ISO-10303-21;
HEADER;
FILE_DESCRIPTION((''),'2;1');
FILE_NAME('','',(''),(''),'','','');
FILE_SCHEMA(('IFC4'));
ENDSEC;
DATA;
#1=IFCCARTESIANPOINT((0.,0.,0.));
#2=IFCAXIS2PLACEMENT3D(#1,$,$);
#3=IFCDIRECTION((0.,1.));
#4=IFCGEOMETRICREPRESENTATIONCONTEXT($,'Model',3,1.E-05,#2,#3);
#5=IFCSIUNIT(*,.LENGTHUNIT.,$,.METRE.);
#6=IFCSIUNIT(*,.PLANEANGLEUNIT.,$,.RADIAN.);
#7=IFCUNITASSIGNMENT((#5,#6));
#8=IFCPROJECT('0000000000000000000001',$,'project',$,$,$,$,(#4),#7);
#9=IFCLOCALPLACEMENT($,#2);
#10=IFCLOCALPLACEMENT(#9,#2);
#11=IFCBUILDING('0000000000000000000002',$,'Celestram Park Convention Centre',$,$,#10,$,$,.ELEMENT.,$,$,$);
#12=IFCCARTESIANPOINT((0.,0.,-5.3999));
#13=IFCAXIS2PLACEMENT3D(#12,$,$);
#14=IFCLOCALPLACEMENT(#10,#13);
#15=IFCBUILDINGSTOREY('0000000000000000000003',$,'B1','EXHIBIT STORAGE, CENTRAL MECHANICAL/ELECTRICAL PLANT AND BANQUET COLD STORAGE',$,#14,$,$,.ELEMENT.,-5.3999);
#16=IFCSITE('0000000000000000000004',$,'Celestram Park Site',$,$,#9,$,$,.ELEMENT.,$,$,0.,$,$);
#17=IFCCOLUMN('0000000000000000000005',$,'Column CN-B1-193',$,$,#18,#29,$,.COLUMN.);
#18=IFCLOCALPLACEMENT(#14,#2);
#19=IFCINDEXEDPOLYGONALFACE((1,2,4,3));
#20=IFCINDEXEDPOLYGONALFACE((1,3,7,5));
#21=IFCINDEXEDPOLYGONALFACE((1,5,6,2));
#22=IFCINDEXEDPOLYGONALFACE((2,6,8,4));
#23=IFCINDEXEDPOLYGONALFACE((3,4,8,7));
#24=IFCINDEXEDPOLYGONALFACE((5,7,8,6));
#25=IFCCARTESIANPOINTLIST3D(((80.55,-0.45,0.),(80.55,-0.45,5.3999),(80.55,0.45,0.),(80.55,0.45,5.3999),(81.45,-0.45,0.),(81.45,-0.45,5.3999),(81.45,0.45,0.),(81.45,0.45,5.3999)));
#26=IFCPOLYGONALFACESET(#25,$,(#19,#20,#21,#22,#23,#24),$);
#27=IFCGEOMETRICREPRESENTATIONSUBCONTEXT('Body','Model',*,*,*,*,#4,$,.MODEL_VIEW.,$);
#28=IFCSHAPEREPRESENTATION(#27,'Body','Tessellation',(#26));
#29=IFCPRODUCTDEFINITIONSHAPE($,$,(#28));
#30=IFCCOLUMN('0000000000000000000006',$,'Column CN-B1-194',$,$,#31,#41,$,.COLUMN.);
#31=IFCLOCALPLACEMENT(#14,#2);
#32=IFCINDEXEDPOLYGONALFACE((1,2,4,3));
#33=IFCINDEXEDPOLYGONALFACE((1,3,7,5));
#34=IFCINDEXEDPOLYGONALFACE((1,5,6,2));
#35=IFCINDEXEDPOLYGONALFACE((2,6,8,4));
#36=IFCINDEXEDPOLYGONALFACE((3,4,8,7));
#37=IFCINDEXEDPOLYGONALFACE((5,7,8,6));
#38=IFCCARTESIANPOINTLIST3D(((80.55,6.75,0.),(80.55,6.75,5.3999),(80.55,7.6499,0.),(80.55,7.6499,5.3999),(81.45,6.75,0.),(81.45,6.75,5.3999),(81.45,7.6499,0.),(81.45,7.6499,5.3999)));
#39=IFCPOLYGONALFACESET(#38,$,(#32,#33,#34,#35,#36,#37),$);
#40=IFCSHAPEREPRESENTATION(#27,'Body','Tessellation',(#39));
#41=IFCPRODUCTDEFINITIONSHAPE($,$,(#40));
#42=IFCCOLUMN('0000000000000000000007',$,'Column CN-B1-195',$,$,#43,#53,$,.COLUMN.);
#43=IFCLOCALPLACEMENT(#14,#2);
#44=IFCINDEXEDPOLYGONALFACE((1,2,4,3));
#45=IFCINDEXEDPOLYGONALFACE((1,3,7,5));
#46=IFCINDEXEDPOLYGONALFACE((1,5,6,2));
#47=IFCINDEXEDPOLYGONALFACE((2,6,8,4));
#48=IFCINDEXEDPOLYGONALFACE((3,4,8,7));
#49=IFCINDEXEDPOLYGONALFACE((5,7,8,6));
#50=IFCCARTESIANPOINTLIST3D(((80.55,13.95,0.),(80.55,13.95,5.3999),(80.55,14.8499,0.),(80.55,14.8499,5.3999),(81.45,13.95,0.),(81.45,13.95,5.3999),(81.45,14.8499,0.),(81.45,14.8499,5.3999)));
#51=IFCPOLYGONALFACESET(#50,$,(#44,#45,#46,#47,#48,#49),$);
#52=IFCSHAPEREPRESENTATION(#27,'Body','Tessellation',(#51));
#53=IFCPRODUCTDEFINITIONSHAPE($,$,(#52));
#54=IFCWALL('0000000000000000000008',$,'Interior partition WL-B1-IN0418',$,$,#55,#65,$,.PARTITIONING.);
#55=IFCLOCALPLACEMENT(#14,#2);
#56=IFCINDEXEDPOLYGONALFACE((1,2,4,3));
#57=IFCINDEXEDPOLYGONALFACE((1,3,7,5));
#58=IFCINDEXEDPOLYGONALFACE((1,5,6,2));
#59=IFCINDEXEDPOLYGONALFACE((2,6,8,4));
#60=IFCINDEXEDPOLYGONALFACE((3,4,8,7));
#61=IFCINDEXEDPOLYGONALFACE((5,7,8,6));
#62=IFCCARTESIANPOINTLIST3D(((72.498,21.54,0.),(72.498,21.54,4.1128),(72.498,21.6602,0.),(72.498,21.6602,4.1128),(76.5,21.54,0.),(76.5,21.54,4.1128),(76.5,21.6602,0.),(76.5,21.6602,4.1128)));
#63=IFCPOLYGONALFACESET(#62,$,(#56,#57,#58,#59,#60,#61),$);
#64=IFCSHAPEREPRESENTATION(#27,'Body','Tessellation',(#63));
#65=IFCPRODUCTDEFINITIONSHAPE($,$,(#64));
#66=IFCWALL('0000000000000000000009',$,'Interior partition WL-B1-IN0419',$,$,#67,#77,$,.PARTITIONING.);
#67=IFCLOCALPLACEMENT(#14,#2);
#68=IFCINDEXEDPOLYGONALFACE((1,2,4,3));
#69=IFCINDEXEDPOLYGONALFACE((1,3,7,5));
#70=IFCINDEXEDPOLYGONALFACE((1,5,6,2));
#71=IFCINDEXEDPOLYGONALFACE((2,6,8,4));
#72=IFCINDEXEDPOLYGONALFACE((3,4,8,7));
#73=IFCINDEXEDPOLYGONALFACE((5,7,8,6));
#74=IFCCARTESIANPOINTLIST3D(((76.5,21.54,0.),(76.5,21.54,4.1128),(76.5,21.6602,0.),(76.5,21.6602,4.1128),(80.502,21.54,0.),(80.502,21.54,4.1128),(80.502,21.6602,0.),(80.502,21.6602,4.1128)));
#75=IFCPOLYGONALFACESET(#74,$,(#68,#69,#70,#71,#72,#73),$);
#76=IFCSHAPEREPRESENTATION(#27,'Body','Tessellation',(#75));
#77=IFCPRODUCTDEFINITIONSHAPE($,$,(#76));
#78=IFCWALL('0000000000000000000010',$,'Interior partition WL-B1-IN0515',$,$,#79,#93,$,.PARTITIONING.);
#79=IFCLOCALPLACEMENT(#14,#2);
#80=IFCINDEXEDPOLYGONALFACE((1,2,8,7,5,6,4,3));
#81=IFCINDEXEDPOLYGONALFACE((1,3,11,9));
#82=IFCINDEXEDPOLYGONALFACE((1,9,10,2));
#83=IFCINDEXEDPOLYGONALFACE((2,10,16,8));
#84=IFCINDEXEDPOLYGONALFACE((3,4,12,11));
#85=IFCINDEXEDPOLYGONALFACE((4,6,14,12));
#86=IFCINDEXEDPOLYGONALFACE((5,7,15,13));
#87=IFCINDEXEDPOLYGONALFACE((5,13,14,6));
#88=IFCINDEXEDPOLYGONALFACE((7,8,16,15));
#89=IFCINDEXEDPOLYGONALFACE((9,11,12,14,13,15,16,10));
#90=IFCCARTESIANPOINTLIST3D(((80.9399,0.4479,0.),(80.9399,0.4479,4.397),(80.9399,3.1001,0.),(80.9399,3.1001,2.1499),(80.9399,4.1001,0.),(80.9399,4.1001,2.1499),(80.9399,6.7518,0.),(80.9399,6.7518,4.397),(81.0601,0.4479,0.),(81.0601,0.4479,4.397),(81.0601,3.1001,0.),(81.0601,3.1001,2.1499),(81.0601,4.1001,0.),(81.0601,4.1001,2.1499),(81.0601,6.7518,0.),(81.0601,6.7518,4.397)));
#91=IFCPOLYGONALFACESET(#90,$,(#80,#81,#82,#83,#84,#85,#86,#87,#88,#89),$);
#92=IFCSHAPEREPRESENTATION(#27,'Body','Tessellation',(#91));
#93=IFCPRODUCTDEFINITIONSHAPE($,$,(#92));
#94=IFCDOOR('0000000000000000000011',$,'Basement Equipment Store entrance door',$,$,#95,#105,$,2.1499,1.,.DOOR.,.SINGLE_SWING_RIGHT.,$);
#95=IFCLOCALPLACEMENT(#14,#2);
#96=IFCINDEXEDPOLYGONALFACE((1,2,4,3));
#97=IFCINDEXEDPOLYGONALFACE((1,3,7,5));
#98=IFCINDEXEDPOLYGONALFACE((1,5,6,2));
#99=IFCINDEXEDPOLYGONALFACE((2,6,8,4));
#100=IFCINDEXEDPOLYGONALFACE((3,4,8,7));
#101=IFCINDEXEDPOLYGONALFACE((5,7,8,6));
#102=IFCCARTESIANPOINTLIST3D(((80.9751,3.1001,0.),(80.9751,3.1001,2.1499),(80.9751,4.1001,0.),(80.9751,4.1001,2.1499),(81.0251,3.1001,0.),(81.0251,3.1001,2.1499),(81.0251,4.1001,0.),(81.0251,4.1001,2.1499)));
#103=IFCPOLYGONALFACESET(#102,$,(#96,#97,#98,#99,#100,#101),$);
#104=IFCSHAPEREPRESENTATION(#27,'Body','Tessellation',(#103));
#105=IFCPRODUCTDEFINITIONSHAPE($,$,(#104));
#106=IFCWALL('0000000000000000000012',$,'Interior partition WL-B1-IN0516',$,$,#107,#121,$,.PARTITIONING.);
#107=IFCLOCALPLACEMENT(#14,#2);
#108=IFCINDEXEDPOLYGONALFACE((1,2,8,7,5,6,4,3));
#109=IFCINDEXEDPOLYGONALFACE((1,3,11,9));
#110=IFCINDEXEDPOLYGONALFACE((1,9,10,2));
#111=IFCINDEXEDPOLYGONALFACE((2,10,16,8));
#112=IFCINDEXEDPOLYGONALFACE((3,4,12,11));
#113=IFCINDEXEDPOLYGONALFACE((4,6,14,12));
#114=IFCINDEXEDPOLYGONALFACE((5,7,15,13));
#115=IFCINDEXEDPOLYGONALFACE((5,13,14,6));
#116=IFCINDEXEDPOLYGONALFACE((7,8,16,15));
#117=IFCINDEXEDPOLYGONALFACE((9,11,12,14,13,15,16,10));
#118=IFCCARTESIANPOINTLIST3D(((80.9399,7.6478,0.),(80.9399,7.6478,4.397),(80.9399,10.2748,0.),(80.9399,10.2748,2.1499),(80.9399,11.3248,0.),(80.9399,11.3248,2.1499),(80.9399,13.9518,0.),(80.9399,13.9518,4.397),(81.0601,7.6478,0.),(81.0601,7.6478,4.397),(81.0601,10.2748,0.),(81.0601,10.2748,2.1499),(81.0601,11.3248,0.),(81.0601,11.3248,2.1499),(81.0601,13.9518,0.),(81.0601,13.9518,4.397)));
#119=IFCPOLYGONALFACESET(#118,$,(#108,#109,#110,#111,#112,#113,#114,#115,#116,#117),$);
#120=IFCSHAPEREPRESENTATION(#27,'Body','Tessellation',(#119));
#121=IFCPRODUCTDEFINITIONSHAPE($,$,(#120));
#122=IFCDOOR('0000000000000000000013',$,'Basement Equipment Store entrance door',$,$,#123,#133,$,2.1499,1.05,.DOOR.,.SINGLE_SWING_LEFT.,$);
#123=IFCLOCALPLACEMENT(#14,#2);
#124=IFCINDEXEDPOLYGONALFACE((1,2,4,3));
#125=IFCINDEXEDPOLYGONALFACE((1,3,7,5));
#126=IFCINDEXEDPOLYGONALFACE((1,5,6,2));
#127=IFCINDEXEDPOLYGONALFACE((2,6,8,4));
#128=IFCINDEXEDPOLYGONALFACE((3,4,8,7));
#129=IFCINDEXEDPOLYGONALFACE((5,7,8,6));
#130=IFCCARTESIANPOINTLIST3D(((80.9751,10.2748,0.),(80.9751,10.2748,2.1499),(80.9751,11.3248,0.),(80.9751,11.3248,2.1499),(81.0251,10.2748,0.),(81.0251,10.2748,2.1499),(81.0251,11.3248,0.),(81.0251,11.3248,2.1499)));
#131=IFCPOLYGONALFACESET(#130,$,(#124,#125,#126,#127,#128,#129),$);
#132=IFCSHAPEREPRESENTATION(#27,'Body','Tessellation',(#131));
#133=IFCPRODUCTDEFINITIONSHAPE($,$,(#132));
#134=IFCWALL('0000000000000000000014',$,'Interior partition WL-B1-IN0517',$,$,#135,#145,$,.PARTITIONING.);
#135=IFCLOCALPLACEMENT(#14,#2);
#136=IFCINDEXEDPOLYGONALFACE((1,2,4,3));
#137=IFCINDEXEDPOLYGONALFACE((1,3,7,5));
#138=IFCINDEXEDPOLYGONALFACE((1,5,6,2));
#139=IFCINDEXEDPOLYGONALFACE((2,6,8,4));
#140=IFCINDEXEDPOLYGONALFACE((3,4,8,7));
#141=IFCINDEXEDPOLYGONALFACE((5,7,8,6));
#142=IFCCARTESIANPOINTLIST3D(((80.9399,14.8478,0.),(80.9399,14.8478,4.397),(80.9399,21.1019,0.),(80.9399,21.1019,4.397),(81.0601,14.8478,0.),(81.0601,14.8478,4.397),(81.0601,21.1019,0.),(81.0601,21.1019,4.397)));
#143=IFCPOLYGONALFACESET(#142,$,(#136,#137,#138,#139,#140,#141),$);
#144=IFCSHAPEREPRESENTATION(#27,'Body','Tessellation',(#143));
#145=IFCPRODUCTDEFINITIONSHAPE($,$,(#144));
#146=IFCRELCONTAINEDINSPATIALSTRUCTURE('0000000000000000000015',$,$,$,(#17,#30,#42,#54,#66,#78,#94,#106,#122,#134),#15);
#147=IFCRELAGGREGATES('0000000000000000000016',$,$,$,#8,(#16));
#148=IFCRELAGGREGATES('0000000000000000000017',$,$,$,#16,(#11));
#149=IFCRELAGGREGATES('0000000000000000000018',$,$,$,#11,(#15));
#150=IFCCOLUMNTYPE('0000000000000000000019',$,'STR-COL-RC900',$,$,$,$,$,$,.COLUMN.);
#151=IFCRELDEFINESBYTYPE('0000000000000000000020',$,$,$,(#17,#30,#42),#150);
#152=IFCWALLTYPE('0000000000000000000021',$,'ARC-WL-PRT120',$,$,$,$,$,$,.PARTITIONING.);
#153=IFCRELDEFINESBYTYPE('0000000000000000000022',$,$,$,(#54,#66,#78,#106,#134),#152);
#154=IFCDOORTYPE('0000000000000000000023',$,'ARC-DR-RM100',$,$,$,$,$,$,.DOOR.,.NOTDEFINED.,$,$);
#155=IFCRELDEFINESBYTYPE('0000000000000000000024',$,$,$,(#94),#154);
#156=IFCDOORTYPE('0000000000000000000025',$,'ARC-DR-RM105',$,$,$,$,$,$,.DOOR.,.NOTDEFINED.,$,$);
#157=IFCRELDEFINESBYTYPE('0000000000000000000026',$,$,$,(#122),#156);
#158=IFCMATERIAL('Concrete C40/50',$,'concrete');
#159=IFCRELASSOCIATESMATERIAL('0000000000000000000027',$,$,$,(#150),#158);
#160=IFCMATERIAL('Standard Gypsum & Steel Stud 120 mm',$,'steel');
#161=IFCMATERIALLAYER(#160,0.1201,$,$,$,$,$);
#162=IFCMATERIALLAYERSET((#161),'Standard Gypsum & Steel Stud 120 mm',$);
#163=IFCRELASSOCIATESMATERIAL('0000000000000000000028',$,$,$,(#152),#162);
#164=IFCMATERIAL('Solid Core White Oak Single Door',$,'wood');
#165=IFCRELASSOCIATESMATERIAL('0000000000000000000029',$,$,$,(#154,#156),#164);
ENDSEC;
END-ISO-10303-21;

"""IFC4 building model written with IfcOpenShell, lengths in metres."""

from ifc_helpers import new_model, si_unit, direction, frame, frame_2d, origin, origin_2d, place, context, subcontext, project, spatial, rectangle, extrude, material, layer, layer_set, material_profile, profile_set, type_object, element, fill, save


model = new_model("IFC4")

# Units and contexts
model_context = context("Model", 3, precision=1e-05, world=origin(), true_north=direction((0.0, 1.0)))
body_context = subcontext(model_context, "Body", "Model", "MODEL_VIEW")
ifc_project = project(units=[si_unit("LENGTHUNIT", "METRE"), si_unit("PLANEANGLEUNIT", "RADIAN")], contexts=[model_context])

# Site, building, storey
site_placement = place(None, origin())
site = spatial("IfcSite", under=ifc_project, at=site_placement, Name="Celestram Park Site", CompositionType="ELEMENT", RefElevation=0.0)
building_placement = place(site_placement, origin())
building = spatial("IfcBuilding", under=site, at=building_placement, Name="Celestram Park Convention Centre", CompositionType="ELEMENT")
storey_placement = place(building_placement, frame((0.0, 0.0, -5.3999)))
storey = spatial("IfcBuildingStorey", under=building, at=storey_placement, Name="B1", Description="EXHIBIT STORAGE, CENTRAL MECHANICAL/ELECTRICAL PLANT AND BANQUET COLD STORAGE", CompositionType="ELEMENT", Elevation=-5.3999)

# Shared definitions
ifc_material_1 = material(Name="Concrete C40/50", Category="concrete")

# Columns
ifc_material_profile_1 = material_profile(ifc_material_1, rectangle(XDim=0.8999, YDim=0.8999, at=origin_2d()), Name="RC900X900")
ifc_profile_set_1 = profile_set([ifc_material_profile_1], Name="Concrete C40/50")
column_type = type_object("IfcColumnType", Name="STR-COL-RC900", PredefinedType="COLUMN", material=ifc_profile_set_1)
for number, where, z_axis, x_axis, name in (
    (1, (81.0, 0.0, 0.0), (0.0, 0.0, 1.0), (1.0, 0.0, 0.0), "Column CN-B1-193"),
    (2, (81.0, 7.2, 0.0), (0.0, 0.0, 1.0), (1.0, 0.0, 0.0), "Column CN-B1-194"),
    (3, (81.0, 14.3999, 0.0), (0.0, 0.0, 1.0), (1.0, 0.0, 0.0), "Column CN-B1-195"),
):
    element("IfcColumn", number, at=place(storey_placement, frame(where, z_axis=z_axis, x_axis=x_axis)), inside=storey, type_object=column_type, Name=name, PredefinedType="COLUMN", context=body_context, shape_type="SweptSolid", body=[
        extrude(rectangle(XDim=0.8999, YDim=0.8999, at=origin_2d()), origin(), (0.0, 0.0, 1.0), 5.3999),
    ])

# Walls
ifc_material_2 = material(Name="Standard Gypsum & Steel Stud 120 mm", Category="steel")
ifc_layer = layer(ifc_material_2, 0.1201)
ifc_layer_set = layer_set([ifc_layer], Name="Standard Gypsum & Steel Stud 120 mm")
wall_type = type_object("IfcWallType", Name="ARC-WL-PRT120", PredefinedType="PARTITIONING", material=ifc_layer_set)
for number, where, z_axis, x_axis, name in (
    (4, (72.498, 21.6001, 0.0), (0.0, 0.0, 1.0), (1.0, 0.0, 0.0), "Interior partition WL-B1-IN0418"),
    (5, (76.5, 21.6001, 0.0), (0.0, 0.0, 1.0), (1.0, 0.0, 0.0), "Interior partition WL-B1-IN0419"),
):
    element("IfcWall", number, at=place(storey_placement, frame(where, z_axis=z_axis, x_axis=x_axis)), inside=storey, type_object=wall_type, Name=name, PredefinedType="PARTITIONING", context=body_context, shape_type="SweptSolid", body=[
        extrude(rectangle(XDim=4.002, YDim=0.1201, at=frame_2d((2.001, 0.0))), origin(), (0.0, 0.0, 1.0), 4.1128),
    ])

# Walls, openings, doors
wall_1_placement = place(storey_placement, frame((81.0, 0.448, 0.0), z_axis=(0.0, 0.0, 1.0), x_axis=(0.0, 1.0, 0.0)))
wall_1 = element("IfcWall", 6, at=wall_1_placement, inside=storey, type_object=wall_type, Name="Interior partition WL-B1-IN0515", PredefinedType="PARTITIONING", context=body_context, shape_type="SweptSolid", body=[
    extrude(rectangle(XDim=6.304, YDim=0.1201, at=frame_2d((3.1519, 0.0))), origin(), (0.0, 0.0, 1.0), 4.397),
])
opening_1_placement = place(wall_1_placement, frame((2.6521, 0.0, 0.0)))
opening_1 = element("IfcOpeningElement", 7, at=opening_1_placement, cuts=wall_1, PredefinedType="OPENING", context=body_context, shape_type="SweptSolid", body=[
    extrude(rectangle(XDim=1.0, YDim=2.1499, at=frame_2d((0.5, 1.075))), frame((0.0, 0.0701, 0.0), z_axis=(0.0, -1.0, 0.0), x_axis=(1.0, 0.0, 0.0)), (0.0, 0.0, 1.0), 0.1401),
])
ifc_material_3 = material(Name="Solid Core White Oak Single Door", Category="wood")
door_type_1 = type_object("IfcDoorType", Name="ARC-DR-RM100", OperationType="NOTDEFINED", PredefinedType="DOOR", material=ifc_material_3)
door_1_placement = place(opening_1_placement, origin())
door_1 = element("IfcDoor", 8, at=door_1_placement, inside=storey, type_object=door_type_1, Name="Basement Equipment Store entrance door", OperationType="SINGLE_SWING_RIGHT", OverallHeight=2.1499, OverallWidth=1.0, PredefinedType="DOOR", context=body_context, shape_type="SweptSolid", body=[
    extrude(rectangle(XDim=1.0, YDim=2.1499, at=frame_2d((0.5, 1.075))), frame((0.0, 0.0249, 0.0), z_axis=(0.0, -1.0, 0.0), x_axis=(1.0, 0.0, 0.0)), (0.0, 0.0, 1.0), 0.05),
])
fill(opening_1, door_1)
wall_2_placement = place(storey_placement, frame((81.0, 7.6479, 0.0), z_axis=(0.0, 0.0, 1.0), x_axis=(0.0, 1.0, 0.0)))
wall_2 = element("IfcWall", 9, at=wall_2_placement, inside=storey, type_object=wall_type, Name="Interior partition WL-B1-IN0516", PredefinedType="PARTITIONING", context=body_context, shape_type="SweptSolid", body=[
    extrude(rectangle(XDim=6.304, YDim=0.1201, at=frame_2d((3.1519, 0.0))), origin(), (0.0, 0.0, 1.0), 4.397),
])
opening_2_placement = place(wall_2_placement, frame((2.627, 0.0, 0.0)))
opening_2 = element("IfcOpeningElement", 10, at=opening_2_placement, cuts=wall_2, PredefinedType="OPENING", context=body_context, shape_type="SweptSolid", body=[
    extrude(rectangle(XDim=1.05, YDim=2.1499, at=frame_2d((0.5249, 1.075))), frame((0.0, 0.0701, 0.0), z_axis=(0.0, -1.0, 0.0), x_axis=(1.0, 0.0, 0.0)), (0.0, 0.0, 1.0), 0.1401),
])
door_type_2 = type_object("IfcDoorType", Name="ARC-DR-RM105", OperationType="NOTDEFINED", PredefinedType="DOOR", material=ifc_material_3)
door_2_placement = place(opening_2_placement, origin())
door_2 = element("IfcDoor", 11, at=door_2_placement, inside=storey, type_object=door_type_2, Name="Basement Equipment Store entrance door", OperationType="SINGLE_SWING_LEFT", OverallHeight=2.1499, OverallWidth=1.05, PredefinedType="DOOR", context=body_context, shape_type="SweptSolid", body=[
    extrude(rectangle(XDim=1.05, YDim=2.1499, at=frame_2d((0.5249, 1.075))), frame((0.0, 0.0249, 0.0), z_axis=(0.0, -1.0, 0.0), x_axis=(1.0, 0.0, 0.0)), (0.0, 0.0, 1.0), 0.05),
])
fill(opening_2, door_2)

# Wall
wall_3_placement = place(storey_placement, frame((81.0, 14.8479, 0.0), z_axis=(0.0, 0.0, 1.0), x_axis=(0.0, 1.0, 0.0)))
element("IfcWall", 12, at=wall_3_placement, inside=storey, type_object=wall_type, Name="Interior partition WL-B1-IN0517", PredefinedType="PARTITIONING", context=body_context, shape_type="SweptSolid", body=[
    extrude(rectangle(XDim=6.2542, YDim=0.1201, at=frame_2d((3.127, 0.0))), origin(), (0.0, 0.0, 1.0), 4.397),
])

save(model, "model.ifc")
